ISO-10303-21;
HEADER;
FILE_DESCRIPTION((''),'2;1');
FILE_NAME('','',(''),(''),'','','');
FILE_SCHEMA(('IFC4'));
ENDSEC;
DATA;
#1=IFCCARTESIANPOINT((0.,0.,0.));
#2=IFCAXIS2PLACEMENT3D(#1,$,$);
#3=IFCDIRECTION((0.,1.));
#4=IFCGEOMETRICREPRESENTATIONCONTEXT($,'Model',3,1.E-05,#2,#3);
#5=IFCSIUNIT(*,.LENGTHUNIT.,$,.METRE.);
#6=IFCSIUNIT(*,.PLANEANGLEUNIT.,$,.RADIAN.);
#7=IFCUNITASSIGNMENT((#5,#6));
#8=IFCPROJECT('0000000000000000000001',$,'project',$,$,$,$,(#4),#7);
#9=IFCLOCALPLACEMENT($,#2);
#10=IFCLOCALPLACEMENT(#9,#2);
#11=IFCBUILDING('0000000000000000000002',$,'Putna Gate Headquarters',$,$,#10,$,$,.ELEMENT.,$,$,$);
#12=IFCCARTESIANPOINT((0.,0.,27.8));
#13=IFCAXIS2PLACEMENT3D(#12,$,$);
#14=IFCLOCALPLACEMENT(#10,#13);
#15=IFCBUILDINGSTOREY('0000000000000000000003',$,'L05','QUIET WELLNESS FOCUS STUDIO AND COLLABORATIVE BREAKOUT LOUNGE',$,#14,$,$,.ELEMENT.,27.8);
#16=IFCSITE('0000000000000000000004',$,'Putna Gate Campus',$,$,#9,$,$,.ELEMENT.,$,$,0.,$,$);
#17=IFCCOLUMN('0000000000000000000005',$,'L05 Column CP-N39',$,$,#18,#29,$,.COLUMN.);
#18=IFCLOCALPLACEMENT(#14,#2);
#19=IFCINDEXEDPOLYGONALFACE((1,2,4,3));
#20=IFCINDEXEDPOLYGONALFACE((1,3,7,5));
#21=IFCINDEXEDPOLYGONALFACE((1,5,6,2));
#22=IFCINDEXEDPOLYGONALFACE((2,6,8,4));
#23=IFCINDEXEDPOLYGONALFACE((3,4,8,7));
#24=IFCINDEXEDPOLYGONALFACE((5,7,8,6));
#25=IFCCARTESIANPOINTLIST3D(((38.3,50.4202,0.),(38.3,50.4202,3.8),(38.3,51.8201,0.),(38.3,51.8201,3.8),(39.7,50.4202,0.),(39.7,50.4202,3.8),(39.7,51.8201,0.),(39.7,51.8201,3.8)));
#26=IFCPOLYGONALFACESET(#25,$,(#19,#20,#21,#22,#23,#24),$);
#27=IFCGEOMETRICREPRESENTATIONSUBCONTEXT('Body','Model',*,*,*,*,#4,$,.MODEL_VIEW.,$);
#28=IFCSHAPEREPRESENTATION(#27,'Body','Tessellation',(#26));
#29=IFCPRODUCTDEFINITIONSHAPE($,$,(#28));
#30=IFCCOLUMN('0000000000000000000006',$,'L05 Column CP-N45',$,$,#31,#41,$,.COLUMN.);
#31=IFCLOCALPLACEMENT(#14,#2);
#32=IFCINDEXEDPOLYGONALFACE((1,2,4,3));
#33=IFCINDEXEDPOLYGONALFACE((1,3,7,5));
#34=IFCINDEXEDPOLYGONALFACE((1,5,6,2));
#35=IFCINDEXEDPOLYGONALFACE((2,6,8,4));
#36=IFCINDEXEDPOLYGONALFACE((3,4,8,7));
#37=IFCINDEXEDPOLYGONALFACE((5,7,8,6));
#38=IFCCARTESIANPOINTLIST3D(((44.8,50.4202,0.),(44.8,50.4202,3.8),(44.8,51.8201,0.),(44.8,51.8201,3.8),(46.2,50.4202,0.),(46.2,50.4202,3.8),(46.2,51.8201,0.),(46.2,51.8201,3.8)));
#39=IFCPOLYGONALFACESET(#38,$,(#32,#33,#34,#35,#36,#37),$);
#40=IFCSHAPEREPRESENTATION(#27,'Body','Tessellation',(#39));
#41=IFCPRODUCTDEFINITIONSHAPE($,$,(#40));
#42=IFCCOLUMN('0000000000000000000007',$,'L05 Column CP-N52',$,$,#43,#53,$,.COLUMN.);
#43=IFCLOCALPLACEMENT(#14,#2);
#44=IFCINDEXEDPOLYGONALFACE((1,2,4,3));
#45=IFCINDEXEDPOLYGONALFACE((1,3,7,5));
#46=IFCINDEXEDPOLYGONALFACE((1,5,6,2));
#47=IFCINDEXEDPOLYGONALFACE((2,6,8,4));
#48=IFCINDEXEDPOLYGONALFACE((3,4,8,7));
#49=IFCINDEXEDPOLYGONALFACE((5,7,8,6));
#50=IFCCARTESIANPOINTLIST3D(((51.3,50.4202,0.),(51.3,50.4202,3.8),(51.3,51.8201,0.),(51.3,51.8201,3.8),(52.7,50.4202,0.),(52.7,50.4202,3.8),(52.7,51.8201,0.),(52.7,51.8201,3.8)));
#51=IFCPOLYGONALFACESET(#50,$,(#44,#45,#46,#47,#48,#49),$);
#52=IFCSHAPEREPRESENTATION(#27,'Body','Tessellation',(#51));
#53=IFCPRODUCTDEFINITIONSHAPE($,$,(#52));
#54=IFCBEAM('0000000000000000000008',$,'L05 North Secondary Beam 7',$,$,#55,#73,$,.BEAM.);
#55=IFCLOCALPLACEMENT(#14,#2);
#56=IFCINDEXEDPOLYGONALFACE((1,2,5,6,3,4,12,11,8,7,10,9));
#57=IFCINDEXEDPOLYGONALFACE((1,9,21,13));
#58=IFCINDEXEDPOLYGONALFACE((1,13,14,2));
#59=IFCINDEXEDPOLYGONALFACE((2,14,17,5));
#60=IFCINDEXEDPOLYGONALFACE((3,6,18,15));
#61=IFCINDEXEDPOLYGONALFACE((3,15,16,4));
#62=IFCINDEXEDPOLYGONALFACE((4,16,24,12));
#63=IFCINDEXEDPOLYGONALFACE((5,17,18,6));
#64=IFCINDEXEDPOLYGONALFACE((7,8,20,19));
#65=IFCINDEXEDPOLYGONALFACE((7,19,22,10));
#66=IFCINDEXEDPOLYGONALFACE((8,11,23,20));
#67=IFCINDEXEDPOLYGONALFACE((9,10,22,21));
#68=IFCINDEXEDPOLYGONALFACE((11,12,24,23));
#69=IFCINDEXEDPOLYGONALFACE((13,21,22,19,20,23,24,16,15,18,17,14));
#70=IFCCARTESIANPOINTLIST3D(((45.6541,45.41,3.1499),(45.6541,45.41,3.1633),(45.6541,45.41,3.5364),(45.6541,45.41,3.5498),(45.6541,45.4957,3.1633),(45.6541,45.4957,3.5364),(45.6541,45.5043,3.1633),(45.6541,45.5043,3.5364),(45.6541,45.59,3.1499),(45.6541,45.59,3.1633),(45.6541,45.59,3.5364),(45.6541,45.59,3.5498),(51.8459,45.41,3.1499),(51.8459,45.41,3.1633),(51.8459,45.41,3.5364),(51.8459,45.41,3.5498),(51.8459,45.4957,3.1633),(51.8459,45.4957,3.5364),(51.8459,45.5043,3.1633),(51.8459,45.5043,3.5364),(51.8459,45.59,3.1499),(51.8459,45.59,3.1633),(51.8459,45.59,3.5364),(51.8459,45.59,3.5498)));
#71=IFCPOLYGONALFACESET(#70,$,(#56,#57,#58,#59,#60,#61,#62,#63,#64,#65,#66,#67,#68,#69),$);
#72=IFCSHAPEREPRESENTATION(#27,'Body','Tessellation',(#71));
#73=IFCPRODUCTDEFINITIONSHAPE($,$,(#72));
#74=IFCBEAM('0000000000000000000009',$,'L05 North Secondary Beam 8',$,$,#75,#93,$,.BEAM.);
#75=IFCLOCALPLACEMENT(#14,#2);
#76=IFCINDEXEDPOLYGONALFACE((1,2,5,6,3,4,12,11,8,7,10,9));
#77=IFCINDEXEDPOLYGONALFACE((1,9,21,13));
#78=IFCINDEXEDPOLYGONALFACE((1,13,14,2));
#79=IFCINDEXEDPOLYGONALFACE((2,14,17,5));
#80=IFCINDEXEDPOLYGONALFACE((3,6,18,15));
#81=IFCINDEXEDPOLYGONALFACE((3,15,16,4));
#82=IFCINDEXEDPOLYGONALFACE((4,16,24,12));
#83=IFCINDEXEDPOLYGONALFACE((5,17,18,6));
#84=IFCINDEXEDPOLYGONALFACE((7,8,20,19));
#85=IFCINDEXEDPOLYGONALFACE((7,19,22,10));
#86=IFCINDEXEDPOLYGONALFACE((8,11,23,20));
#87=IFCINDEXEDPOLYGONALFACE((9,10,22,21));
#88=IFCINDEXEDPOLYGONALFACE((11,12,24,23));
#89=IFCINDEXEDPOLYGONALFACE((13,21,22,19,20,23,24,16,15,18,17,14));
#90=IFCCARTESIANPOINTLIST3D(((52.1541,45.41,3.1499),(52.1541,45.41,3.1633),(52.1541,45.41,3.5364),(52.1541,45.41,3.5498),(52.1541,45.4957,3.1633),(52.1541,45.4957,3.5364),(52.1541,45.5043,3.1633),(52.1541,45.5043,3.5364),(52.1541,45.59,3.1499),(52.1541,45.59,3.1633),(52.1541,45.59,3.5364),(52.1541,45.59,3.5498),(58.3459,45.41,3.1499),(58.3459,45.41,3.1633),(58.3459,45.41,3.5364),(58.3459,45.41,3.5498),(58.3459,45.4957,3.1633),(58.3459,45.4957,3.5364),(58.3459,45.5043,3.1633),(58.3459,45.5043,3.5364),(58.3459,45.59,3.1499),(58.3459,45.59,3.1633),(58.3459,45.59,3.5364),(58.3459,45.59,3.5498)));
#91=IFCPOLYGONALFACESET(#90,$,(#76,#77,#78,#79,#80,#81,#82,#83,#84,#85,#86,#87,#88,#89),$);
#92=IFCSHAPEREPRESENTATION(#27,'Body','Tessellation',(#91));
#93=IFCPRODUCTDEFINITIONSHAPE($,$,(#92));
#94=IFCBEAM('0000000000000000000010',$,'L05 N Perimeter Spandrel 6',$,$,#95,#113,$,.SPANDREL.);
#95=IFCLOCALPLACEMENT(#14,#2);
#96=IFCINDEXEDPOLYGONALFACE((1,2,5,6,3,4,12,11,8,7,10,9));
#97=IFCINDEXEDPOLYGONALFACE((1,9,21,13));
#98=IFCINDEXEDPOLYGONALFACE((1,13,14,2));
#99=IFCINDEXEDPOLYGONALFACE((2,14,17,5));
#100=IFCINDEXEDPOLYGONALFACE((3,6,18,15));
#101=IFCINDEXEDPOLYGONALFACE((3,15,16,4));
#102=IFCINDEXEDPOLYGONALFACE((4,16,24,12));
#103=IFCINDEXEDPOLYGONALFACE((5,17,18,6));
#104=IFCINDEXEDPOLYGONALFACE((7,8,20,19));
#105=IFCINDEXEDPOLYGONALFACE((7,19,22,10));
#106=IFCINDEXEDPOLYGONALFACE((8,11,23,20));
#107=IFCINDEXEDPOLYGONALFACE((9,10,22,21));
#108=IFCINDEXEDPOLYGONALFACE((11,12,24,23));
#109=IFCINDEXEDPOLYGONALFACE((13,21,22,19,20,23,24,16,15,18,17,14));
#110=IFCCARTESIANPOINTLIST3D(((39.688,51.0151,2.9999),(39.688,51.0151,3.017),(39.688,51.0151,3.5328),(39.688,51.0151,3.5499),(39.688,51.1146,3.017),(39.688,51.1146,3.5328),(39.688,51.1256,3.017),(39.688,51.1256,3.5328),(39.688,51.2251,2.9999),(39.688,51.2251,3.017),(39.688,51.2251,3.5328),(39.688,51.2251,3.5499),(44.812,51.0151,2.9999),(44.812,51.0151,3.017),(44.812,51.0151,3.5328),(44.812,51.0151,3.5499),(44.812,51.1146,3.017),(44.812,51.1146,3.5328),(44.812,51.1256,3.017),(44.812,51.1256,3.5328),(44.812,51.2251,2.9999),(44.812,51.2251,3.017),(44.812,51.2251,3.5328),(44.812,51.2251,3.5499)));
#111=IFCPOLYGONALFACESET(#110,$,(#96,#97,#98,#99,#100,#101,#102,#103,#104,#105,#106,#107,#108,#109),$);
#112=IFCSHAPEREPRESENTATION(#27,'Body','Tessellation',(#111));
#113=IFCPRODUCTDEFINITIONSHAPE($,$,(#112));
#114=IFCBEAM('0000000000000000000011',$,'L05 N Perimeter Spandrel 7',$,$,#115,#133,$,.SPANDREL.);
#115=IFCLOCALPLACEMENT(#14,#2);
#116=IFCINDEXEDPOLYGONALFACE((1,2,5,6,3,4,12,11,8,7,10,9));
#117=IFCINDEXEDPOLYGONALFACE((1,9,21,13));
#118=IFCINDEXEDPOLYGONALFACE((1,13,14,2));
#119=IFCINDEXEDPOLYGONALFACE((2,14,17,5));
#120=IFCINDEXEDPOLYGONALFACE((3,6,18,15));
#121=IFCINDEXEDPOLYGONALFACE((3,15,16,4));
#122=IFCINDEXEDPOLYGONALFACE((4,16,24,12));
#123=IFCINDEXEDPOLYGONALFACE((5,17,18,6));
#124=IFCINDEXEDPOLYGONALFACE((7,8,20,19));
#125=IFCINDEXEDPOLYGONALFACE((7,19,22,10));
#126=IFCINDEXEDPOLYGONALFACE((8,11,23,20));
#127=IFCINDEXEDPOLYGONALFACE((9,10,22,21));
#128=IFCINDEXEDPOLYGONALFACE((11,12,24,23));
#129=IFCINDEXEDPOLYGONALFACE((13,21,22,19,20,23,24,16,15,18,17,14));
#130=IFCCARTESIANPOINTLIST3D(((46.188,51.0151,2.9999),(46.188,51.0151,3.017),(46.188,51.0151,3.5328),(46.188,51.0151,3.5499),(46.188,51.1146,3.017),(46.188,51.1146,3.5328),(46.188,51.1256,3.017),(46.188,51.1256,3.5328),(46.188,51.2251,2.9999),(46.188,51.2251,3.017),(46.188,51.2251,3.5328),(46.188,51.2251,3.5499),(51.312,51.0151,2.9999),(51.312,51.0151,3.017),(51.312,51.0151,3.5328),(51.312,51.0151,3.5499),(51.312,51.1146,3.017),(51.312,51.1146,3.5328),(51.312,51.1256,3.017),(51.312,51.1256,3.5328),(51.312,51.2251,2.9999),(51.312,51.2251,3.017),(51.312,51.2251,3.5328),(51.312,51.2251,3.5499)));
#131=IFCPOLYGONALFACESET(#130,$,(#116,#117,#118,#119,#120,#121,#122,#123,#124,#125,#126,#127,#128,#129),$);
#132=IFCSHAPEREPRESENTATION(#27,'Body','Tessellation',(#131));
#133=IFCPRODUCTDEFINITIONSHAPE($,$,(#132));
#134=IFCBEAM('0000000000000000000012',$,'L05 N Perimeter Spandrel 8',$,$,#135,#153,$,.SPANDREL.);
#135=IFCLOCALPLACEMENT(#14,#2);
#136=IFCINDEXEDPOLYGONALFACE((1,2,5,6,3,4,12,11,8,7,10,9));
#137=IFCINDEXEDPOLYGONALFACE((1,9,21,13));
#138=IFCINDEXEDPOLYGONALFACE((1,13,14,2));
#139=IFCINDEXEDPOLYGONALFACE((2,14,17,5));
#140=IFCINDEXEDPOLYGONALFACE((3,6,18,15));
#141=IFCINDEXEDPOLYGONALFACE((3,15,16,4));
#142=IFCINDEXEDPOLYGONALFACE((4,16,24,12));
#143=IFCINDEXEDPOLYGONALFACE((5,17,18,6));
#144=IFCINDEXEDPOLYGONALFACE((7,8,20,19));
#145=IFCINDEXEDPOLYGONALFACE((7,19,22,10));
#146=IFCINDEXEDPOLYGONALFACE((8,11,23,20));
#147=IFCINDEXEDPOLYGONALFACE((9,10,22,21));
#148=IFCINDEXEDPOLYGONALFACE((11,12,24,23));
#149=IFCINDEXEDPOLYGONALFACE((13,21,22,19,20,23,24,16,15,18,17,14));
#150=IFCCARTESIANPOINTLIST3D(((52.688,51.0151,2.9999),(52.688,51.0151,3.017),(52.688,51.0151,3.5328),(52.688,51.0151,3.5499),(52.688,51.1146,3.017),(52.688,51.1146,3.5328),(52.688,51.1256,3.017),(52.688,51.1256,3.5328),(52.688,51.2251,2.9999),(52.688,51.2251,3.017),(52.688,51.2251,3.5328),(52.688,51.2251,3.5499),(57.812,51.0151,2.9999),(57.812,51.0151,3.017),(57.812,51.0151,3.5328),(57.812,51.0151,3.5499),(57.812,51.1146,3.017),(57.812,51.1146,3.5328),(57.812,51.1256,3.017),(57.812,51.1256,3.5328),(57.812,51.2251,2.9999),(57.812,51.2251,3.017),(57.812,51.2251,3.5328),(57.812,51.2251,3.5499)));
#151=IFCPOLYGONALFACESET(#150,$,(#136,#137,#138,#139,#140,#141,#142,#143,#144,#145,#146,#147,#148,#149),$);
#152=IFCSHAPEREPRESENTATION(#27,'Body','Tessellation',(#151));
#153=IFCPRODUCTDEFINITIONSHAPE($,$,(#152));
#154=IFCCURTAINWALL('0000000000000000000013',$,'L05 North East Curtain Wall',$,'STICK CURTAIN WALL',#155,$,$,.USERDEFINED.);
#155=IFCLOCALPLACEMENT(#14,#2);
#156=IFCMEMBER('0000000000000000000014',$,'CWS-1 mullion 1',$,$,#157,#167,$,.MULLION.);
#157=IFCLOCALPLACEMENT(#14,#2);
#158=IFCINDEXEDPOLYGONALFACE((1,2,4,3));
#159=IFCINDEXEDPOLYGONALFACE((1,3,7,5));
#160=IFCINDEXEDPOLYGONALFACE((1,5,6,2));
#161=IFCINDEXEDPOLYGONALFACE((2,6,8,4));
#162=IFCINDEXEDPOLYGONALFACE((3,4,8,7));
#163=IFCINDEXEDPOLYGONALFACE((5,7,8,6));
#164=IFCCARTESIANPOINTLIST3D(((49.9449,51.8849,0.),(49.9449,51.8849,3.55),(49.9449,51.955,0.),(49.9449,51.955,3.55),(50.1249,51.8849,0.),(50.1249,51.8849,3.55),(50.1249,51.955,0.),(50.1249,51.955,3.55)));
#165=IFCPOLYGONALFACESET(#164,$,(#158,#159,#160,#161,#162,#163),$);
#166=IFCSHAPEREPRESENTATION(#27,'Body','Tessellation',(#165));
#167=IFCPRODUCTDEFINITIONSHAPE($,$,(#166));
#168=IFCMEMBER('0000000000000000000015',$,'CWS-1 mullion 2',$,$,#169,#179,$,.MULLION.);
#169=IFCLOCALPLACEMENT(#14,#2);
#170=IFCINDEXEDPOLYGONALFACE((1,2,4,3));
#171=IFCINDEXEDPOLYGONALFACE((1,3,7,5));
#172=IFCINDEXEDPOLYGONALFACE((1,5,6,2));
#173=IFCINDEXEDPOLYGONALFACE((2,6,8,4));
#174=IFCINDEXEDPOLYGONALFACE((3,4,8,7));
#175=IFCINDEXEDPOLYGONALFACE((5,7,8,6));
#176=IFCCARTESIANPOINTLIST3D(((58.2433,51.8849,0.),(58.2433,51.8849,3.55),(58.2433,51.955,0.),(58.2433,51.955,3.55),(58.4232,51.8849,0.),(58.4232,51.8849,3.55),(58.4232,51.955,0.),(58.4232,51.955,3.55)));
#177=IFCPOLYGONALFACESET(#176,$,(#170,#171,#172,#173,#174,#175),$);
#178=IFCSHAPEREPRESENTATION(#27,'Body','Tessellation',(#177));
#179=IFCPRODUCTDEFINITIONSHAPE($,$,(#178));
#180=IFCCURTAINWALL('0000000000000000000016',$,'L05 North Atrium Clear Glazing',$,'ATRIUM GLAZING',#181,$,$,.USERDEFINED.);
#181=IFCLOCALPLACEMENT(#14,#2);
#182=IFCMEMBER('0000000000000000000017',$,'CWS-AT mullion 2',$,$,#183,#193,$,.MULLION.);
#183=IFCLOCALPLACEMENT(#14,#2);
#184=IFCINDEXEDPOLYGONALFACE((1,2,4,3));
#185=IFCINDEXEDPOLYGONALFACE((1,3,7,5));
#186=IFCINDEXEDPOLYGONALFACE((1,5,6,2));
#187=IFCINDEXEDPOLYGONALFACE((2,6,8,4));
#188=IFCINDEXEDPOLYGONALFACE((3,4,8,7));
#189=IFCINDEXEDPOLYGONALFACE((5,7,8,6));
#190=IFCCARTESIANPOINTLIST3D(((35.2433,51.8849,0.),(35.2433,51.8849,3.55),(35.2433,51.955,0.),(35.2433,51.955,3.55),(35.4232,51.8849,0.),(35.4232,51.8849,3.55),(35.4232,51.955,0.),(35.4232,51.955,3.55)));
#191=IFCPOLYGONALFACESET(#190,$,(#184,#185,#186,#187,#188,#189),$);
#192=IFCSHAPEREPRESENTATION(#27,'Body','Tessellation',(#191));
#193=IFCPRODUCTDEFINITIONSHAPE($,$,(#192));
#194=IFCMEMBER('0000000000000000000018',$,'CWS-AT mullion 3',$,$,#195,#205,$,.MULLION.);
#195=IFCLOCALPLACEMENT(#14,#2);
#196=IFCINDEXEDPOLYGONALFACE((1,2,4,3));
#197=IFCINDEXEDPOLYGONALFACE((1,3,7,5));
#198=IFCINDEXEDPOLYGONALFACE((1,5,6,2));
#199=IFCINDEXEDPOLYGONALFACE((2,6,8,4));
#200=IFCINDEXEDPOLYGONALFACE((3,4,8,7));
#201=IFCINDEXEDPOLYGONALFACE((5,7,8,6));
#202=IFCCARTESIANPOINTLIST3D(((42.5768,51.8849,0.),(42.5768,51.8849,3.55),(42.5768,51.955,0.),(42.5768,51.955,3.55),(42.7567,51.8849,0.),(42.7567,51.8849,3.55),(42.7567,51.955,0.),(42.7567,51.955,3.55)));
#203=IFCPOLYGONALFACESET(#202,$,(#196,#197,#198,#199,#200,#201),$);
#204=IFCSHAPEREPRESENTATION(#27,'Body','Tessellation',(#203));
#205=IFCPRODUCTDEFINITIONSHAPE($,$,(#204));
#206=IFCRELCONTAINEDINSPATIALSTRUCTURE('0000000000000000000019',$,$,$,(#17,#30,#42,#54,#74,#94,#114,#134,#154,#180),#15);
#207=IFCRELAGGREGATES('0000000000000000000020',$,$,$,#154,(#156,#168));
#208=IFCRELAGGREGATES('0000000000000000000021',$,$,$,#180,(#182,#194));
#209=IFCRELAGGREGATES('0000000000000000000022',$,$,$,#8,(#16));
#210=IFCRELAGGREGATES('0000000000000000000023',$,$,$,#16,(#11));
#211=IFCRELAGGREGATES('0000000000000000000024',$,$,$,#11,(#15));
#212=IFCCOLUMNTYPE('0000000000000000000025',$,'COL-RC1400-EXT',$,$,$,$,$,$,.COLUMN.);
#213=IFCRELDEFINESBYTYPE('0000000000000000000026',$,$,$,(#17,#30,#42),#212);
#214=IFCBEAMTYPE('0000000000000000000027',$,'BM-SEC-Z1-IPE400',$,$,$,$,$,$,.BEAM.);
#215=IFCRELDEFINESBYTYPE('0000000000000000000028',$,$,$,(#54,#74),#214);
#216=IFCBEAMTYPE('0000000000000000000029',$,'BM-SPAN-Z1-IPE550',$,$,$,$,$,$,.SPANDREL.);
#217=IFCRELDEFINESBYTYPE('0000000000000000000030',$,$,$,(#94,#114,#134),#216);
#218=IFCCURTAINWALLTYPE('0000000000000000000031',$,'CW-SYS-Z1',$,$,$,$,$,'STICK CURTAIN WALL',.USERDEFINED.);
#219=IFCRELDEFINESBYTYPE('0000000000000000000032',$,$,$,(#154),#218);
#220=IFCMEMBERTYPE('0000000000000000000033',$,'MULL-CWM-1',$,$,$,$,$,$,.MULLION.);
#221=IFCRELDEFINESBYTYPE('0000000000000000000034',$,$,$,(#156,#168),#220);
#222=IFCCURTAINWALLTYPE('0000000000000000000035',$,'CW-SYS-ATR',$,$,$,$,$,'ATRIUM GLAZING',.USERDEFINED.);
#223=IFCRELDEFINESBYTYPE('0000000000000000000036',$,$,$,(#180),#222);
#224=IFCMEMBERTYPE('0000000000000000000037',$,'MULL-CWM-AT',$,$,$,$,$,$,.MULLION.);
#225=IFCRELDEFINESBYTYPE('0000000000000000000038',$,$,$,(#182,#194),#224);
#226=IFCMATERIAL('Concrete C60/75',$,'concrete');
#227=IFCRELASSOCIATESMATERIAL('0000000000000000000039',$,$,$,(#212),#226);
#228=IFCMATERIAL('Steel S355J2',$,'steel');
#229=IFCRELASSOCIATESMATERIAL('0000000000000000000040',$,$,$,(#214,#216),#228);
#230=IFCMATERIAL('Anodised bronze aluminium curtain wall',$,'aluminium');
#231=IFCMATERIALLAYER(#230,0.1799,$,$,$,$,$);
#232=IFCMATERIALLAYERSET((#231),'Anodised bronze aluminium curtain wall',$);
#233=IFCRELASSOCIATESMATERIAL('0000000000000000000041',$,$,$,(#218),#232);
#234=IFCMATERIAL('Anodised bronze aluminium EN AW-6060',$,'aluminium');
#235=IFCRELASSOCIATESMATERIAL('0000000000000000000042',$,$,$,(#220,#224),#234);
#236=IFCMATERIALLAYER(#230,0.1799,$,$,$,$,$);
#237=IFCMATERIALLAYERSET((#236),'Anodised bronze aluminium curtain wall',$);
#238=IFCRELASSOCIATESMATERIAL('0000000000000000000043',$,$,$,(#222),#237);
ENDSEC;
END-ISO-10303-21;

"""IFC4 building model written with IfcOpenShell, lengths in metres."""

from ifc_helpers import new_model, si_unit, direction, frame, origin, origin_2d, place, context, subcontext, project, spatial, rectangle, i_section, extrude, material, layer, layer_set, material_profile, profile_set, type_object, element, aggregate, save


model = new_model("IFC4")

# Units and contexts
model_context = context("Model", 3, precision=1e-05, world=origin(), true_north=direction((0.0, 1.0)))
body_context = subcontext(model_context, "Body", "Model", "MODEL_VIEW")
ifc_project = project(units=[si_unit("LENGTHUNIT", "METRE"), si_unit("PLANEANGLEUNIT", "RADIAN")], contexts=[model_context])

# Site, building, storey
site_placement = place(None, origin())
site = spatial("IfcSite", under=ifc_project, at=site_placement, Name="Putna Gate Campus", CompositionType="ELEMENT", RefElevation=0.0)
building_placement = place(site_placement, origin())
building = spatial("IfcBuilding", under=site, at=building_placement, Name="Putna Gate Headquarters", CompositionType="ELEMENT")
storey_placement = place(building_placement, frame((0.0, 0.0, 27.8)))
storey = spatial("IfcBuildingStorey", under=building, at=storey_placement, Name="L05", Description="QUIET WELLNESS FOCUS STUDIO AND COLLABORATIVE BREAKOUT LOUNGE", CompositionType="ELEMENT", Elevation=27.8)

# Columns
ifc_material_1 = material(Name="Concrete C60/75", Category="concrete")
ifc_material_profile_1 = material_profile(ifc_material_1, rectangle(XDim=1.3999, YDim=1.3999, at=origin_2d()), Name="Concrete C60/75")
ifc_profile_set_1 = profile_set([ifc_material_profile_1], Name="Concrete C60/75")
column_type = type_object("IfcColumnType", Name="COL-RC1400-EXT", PredefinedType="COLUMN", material=ifc_profile_set_1)
for number, where, z_axis, x_axis, name in (
    (1, (39.0, 51.1201, 0.0), (0.0, 0.0, 1.0), (1.0, 0.0, 0.0), "L05 Column CP-N39"),
    (2, (45.5, 51.1201, 0.0), (0.0, 0.0, 1.0), (1.0, 0.0, 0.0), "L05 Column CP-N45"),
    (3, (52.0, 51.1201, 0.0), (0.0, 0.0, 1.0), (1.0, 0.0, 0.0), "L05 Column CP-N52"),
):
    element("IfcColumn", number, at=place(storey_placement, frame(where, z_axis=z_axis, x_axis=x_axis)), inside=storey, type_object=column_type, Name=name, PredefinedType="COLUMN", context=body_context, shape_type="SweptSolid", body=[
        extrude(rectangle(XDim=1.3999, YDim=1.3999, at=origin_2d()), origin(), (0.0, 0.0, 1.0), 3.8),
    ])

# Beams
ifc_material_2 = material(Name="Steel S355J2", Category="steel")
ifc_material_profile_2 = material_profile(ifc_material_2, i_section(OverallWidth=0.1799, OverallDepth=0.3999, WebThickness=0.0085, FlangeThickness=0.0134, at=origin_2d()), Name="Steel S355J2")
ifc_profile_set_2 = profile_set([ifc_material_profile_2], Name="Steel S355J2")
beam_type_1 = type_object("IfcBeamType", Name="BM-SEC-Z1-IPE400", PredefinedType="BEAM", material=ifc_profile_set_2)
for number, where, z_axis, x_axis, name in (
    (4, (45.6541, 45.5, 3.3499), (1.0, 0.0, 0.0), (0.0, 1.0, 0.0), "L05 North Secondary Beam 7"),
    (5, (52.1541, 45.5, 3.3499), (1.0, 0.0, 0.0), (0.0, 1.0, 0.0), "L05 North Secondary Beam 8"),
):
    element("IfcBeam", number, at=place(storey_placement, frame(where, z_axis=z_axis, x_axis=x_axis)), inside=storey, type_object=beam_type_1, Name=name, PredefinedType="BEAM", context=body_context, shape_type="SweptSolid", body=[
        extrude(i_section(OverallWidth=0.1799, OverallDepth=0.3999, WebThickness=0.0085, FlangeThickness=0.0134, at=origin_2d()), origin(), (0.0, 0.0, 1.0), 6.1919),
    ])
ifc_material_profile_3 = material_profile(ifc_material_2, i_section(OverallWidth=0.21, OverallDepth=0.55, WebThickness=0.011, FlangeThickness=0.0171, at=origin_2d()), Name="Steel S355J2")
ifc_profile_set_3 = profile_set([ifc_material_profile_3], Name="Steel S355J2")
beam_type_2 = type_object("IfcBeamType", Name="BM-SPAN-Z1-IPE550", PredefinedType="SPANDREL", material=ifc_profile_set_3)
for number, where, z_axis, x_axis, name in (
    (6, (39.688, 51.1201, 3.2749), (1.0, 0.0, 0.0), (0.0, 1.0, 0.0), "L05 N Perimeter Spandrel 6"),
    (7, (46.188, 51.1201, 3.2749), (1.0, 0.0, 0.0), (0.0, 1.0, 0.0), "L05 N Perimeter Spandrel 7"),
    (8, (52.688, 51.1201, 3.2749), (1.0, 0.0, 0.0), (0.0, 1.0, 0.0), "L05 N Perimeter Spandrel 8"),
):
    element("IfcBeam", number, at=place(storey_placement, frame(where, z_axis=z_axis, x_axis=x_axis)), inside=storey, type_object=beam_type_2, Name=name, PredefinedType="SPANDREL", context=body_context, shape_type="SweptSolid", body=[
        extrude(i_section(OverallWidth=0.21, OverallDepth=0.55, WebThickness=0.011, FlangeThickness=0.0171, at=origin_2d()), origin(), (0.0, 0.0, 1.0), 5.124),
    ])

# Curtain walls, members
ifc_material_3 = material(Name="Anodised bronze aluminium curtain wall", Category="aluminium")
ifc_layer_1 = layer(ifc_material_3, 0.1799)
ifc_layer_set_1 = layer_set([ifc_layer_1], Name="Anodised bronze aluminium curtain wall")
curtain_wall_type_1 = type_object("IfcCurtainWallType", Name="CW-SYS-Z1", ElementType="STICK CURTAIN WALL", PredefinedType="USERDEFINED", material=ifc_layer_set_1)
curtain_wall_1_placement = place(storey_placement, origin())
curtain_wall_1 = element("IfcCurtainWall", 9, at=curtain_wall_1_placement, inside=storey, type_object=curtain_wall_type_1, Name="L05 North East Curtain Wall", ObjectType="STICK CURTAIN WALL", PredefinedType="USERDEFINED")
ifc_material_4 = material(Name="Anodised bronze aluminium EN AW-6060", Category="aluminium")
ifc_material_profile_4 = material_profile(ifc_material_4, rectangle(XDim=0.0701, YDim=0.1799, at=origin_2d()), Name="Anodised bronze aluminium EN AW-6060")
ifc_profile_set_4 = profile_set([ifc_material_profile_4], Name="Anodised bronze aluminium EN AW-6060")
member_type_1 = type_object("IfcMemberType", Name="MULL-CWM-1", PredefinedType="MULLION", material=ifc_profile_set_4)
member_1_placement = place(storey_placement, frame((50.0349, 51.9199, 0.0), z_axis=(0.0, 0.0, 1.0), x_axis=(0.0, 1.0, 0.0)))
member_1 = element("IfcMember", 10, at=member_1_placement, type_object=member_type_1, Name="CWS-1 mullion 1", PredefinedType="MULLION", context=body_context, shape_type="SweptSolid", body=[
    extrude(rectangle(XDim=0.0701, YDim=0.1799, at=origin_2d()), origin(), (0.0, 0.0, 1.0), 3.55),
])
member_2_placement = place(storey_placement, frame((58.3333, 51.9199, 0.0), z_axis=(0.0, 0.0, 1.0), x_axis=(0.0, 1.0, 0.0)))
member_2 = element("IfcMember", 11, at=member_2_placement, type_object=member_type_1, Name="CWS-1 mullion 2", PredefinedType="MULLION", context=body_context, shape_type="SweptSolid", body=[
    extrude(rectangle(XDim=0.0701, YDim=0.1799, at=origin_2d()), origin(), (0.0, 0.0, 1.0), 3.55),
])
ifc_layer_2 = layer(ifc_material_3, 0.1799)
ifc_layer_set_2 = layer_set([ifc_layer_2], Name="Anodised bronze aluminium curtain wall")
curtain_wall_type_2 = type_object("IfcCurtainWallType", Name="CW-SYS-ATR", ElementType="ATRIUM GLAZING", PredefinedType="USERDEFINED", material=ifc_layer_set_2)
curtain_wall_2_placement = place(storey_placement, origin())
curtain_wall_2 = element("IfcCurtainWall", 12, at=curtain_wall_2_placement, inside=storey, type_object=curtain_wall_type_2, Name="L05 North Atrium Clear Glazing", ObjectType="ATRIUM GLAZING", PredefinedType="USERDEFINED")
ifc_material_profile_5 = material_profile(ifc_material_4, rectangle(XDim=0.0701, YDim=0.1799, at=origin_2d()), Name="Anodised bronze aluminium EN AW-6060")
ifc_profile_set_5 = profile_set([ifc_material_profile_5], Name="Anodised bronze aluminium EN AW-6060")
member_type_2 = type_object("IfcMemberType", Name="MULL-CWM-AT", PredefinedType="MULLION", material=ifc_profile_set_5)
member_3_placement = place(storey_placement, frame((35.3333, 51.9199, 0.0), z_axis=(0.0, 0.0, 1.0), x_axis=(0.0, 1.0, 0.0)))
member_3 = element("IfcMember", 13, at=member_3_placement, type_object=member_type_2, Name="CWS-AT mullion 2", PredefinedType="MULLION", context=body_context, shape_type="SweptSolid", body=[
    extrude(rectangle(XDim=0.0701, YDim=0.1799, at=origin_2d()), origin(), (0.0, 0.0, 1.0), 3.55),
])
member_4_placement = place(storey_placement, frame((42.6667, 51.9199, 0.0), z_axis=(0.0, 0.0, 1.0), x_axis=(0.0, 1.0, 0.0)))
member_4 = element("IfcMember", 14, at=member_4_placement, type_object=member_type_2, Name="CWS-AT mullion 3", PredefinedType="MULLION", context=body_context, shape_type="SweptSolid", body=[
    extrude(rectangle(XDim=0.0701, YDim=0.1799, at=origin_2d()), origin(), (0.0, 0.0, 1.0), 3.55),
])

aggregate(curtain_wall_1, [member_1, member_2])
aggregate(curtain_wall_2, [member_3, member_4])

save(model, "model.ifc")
